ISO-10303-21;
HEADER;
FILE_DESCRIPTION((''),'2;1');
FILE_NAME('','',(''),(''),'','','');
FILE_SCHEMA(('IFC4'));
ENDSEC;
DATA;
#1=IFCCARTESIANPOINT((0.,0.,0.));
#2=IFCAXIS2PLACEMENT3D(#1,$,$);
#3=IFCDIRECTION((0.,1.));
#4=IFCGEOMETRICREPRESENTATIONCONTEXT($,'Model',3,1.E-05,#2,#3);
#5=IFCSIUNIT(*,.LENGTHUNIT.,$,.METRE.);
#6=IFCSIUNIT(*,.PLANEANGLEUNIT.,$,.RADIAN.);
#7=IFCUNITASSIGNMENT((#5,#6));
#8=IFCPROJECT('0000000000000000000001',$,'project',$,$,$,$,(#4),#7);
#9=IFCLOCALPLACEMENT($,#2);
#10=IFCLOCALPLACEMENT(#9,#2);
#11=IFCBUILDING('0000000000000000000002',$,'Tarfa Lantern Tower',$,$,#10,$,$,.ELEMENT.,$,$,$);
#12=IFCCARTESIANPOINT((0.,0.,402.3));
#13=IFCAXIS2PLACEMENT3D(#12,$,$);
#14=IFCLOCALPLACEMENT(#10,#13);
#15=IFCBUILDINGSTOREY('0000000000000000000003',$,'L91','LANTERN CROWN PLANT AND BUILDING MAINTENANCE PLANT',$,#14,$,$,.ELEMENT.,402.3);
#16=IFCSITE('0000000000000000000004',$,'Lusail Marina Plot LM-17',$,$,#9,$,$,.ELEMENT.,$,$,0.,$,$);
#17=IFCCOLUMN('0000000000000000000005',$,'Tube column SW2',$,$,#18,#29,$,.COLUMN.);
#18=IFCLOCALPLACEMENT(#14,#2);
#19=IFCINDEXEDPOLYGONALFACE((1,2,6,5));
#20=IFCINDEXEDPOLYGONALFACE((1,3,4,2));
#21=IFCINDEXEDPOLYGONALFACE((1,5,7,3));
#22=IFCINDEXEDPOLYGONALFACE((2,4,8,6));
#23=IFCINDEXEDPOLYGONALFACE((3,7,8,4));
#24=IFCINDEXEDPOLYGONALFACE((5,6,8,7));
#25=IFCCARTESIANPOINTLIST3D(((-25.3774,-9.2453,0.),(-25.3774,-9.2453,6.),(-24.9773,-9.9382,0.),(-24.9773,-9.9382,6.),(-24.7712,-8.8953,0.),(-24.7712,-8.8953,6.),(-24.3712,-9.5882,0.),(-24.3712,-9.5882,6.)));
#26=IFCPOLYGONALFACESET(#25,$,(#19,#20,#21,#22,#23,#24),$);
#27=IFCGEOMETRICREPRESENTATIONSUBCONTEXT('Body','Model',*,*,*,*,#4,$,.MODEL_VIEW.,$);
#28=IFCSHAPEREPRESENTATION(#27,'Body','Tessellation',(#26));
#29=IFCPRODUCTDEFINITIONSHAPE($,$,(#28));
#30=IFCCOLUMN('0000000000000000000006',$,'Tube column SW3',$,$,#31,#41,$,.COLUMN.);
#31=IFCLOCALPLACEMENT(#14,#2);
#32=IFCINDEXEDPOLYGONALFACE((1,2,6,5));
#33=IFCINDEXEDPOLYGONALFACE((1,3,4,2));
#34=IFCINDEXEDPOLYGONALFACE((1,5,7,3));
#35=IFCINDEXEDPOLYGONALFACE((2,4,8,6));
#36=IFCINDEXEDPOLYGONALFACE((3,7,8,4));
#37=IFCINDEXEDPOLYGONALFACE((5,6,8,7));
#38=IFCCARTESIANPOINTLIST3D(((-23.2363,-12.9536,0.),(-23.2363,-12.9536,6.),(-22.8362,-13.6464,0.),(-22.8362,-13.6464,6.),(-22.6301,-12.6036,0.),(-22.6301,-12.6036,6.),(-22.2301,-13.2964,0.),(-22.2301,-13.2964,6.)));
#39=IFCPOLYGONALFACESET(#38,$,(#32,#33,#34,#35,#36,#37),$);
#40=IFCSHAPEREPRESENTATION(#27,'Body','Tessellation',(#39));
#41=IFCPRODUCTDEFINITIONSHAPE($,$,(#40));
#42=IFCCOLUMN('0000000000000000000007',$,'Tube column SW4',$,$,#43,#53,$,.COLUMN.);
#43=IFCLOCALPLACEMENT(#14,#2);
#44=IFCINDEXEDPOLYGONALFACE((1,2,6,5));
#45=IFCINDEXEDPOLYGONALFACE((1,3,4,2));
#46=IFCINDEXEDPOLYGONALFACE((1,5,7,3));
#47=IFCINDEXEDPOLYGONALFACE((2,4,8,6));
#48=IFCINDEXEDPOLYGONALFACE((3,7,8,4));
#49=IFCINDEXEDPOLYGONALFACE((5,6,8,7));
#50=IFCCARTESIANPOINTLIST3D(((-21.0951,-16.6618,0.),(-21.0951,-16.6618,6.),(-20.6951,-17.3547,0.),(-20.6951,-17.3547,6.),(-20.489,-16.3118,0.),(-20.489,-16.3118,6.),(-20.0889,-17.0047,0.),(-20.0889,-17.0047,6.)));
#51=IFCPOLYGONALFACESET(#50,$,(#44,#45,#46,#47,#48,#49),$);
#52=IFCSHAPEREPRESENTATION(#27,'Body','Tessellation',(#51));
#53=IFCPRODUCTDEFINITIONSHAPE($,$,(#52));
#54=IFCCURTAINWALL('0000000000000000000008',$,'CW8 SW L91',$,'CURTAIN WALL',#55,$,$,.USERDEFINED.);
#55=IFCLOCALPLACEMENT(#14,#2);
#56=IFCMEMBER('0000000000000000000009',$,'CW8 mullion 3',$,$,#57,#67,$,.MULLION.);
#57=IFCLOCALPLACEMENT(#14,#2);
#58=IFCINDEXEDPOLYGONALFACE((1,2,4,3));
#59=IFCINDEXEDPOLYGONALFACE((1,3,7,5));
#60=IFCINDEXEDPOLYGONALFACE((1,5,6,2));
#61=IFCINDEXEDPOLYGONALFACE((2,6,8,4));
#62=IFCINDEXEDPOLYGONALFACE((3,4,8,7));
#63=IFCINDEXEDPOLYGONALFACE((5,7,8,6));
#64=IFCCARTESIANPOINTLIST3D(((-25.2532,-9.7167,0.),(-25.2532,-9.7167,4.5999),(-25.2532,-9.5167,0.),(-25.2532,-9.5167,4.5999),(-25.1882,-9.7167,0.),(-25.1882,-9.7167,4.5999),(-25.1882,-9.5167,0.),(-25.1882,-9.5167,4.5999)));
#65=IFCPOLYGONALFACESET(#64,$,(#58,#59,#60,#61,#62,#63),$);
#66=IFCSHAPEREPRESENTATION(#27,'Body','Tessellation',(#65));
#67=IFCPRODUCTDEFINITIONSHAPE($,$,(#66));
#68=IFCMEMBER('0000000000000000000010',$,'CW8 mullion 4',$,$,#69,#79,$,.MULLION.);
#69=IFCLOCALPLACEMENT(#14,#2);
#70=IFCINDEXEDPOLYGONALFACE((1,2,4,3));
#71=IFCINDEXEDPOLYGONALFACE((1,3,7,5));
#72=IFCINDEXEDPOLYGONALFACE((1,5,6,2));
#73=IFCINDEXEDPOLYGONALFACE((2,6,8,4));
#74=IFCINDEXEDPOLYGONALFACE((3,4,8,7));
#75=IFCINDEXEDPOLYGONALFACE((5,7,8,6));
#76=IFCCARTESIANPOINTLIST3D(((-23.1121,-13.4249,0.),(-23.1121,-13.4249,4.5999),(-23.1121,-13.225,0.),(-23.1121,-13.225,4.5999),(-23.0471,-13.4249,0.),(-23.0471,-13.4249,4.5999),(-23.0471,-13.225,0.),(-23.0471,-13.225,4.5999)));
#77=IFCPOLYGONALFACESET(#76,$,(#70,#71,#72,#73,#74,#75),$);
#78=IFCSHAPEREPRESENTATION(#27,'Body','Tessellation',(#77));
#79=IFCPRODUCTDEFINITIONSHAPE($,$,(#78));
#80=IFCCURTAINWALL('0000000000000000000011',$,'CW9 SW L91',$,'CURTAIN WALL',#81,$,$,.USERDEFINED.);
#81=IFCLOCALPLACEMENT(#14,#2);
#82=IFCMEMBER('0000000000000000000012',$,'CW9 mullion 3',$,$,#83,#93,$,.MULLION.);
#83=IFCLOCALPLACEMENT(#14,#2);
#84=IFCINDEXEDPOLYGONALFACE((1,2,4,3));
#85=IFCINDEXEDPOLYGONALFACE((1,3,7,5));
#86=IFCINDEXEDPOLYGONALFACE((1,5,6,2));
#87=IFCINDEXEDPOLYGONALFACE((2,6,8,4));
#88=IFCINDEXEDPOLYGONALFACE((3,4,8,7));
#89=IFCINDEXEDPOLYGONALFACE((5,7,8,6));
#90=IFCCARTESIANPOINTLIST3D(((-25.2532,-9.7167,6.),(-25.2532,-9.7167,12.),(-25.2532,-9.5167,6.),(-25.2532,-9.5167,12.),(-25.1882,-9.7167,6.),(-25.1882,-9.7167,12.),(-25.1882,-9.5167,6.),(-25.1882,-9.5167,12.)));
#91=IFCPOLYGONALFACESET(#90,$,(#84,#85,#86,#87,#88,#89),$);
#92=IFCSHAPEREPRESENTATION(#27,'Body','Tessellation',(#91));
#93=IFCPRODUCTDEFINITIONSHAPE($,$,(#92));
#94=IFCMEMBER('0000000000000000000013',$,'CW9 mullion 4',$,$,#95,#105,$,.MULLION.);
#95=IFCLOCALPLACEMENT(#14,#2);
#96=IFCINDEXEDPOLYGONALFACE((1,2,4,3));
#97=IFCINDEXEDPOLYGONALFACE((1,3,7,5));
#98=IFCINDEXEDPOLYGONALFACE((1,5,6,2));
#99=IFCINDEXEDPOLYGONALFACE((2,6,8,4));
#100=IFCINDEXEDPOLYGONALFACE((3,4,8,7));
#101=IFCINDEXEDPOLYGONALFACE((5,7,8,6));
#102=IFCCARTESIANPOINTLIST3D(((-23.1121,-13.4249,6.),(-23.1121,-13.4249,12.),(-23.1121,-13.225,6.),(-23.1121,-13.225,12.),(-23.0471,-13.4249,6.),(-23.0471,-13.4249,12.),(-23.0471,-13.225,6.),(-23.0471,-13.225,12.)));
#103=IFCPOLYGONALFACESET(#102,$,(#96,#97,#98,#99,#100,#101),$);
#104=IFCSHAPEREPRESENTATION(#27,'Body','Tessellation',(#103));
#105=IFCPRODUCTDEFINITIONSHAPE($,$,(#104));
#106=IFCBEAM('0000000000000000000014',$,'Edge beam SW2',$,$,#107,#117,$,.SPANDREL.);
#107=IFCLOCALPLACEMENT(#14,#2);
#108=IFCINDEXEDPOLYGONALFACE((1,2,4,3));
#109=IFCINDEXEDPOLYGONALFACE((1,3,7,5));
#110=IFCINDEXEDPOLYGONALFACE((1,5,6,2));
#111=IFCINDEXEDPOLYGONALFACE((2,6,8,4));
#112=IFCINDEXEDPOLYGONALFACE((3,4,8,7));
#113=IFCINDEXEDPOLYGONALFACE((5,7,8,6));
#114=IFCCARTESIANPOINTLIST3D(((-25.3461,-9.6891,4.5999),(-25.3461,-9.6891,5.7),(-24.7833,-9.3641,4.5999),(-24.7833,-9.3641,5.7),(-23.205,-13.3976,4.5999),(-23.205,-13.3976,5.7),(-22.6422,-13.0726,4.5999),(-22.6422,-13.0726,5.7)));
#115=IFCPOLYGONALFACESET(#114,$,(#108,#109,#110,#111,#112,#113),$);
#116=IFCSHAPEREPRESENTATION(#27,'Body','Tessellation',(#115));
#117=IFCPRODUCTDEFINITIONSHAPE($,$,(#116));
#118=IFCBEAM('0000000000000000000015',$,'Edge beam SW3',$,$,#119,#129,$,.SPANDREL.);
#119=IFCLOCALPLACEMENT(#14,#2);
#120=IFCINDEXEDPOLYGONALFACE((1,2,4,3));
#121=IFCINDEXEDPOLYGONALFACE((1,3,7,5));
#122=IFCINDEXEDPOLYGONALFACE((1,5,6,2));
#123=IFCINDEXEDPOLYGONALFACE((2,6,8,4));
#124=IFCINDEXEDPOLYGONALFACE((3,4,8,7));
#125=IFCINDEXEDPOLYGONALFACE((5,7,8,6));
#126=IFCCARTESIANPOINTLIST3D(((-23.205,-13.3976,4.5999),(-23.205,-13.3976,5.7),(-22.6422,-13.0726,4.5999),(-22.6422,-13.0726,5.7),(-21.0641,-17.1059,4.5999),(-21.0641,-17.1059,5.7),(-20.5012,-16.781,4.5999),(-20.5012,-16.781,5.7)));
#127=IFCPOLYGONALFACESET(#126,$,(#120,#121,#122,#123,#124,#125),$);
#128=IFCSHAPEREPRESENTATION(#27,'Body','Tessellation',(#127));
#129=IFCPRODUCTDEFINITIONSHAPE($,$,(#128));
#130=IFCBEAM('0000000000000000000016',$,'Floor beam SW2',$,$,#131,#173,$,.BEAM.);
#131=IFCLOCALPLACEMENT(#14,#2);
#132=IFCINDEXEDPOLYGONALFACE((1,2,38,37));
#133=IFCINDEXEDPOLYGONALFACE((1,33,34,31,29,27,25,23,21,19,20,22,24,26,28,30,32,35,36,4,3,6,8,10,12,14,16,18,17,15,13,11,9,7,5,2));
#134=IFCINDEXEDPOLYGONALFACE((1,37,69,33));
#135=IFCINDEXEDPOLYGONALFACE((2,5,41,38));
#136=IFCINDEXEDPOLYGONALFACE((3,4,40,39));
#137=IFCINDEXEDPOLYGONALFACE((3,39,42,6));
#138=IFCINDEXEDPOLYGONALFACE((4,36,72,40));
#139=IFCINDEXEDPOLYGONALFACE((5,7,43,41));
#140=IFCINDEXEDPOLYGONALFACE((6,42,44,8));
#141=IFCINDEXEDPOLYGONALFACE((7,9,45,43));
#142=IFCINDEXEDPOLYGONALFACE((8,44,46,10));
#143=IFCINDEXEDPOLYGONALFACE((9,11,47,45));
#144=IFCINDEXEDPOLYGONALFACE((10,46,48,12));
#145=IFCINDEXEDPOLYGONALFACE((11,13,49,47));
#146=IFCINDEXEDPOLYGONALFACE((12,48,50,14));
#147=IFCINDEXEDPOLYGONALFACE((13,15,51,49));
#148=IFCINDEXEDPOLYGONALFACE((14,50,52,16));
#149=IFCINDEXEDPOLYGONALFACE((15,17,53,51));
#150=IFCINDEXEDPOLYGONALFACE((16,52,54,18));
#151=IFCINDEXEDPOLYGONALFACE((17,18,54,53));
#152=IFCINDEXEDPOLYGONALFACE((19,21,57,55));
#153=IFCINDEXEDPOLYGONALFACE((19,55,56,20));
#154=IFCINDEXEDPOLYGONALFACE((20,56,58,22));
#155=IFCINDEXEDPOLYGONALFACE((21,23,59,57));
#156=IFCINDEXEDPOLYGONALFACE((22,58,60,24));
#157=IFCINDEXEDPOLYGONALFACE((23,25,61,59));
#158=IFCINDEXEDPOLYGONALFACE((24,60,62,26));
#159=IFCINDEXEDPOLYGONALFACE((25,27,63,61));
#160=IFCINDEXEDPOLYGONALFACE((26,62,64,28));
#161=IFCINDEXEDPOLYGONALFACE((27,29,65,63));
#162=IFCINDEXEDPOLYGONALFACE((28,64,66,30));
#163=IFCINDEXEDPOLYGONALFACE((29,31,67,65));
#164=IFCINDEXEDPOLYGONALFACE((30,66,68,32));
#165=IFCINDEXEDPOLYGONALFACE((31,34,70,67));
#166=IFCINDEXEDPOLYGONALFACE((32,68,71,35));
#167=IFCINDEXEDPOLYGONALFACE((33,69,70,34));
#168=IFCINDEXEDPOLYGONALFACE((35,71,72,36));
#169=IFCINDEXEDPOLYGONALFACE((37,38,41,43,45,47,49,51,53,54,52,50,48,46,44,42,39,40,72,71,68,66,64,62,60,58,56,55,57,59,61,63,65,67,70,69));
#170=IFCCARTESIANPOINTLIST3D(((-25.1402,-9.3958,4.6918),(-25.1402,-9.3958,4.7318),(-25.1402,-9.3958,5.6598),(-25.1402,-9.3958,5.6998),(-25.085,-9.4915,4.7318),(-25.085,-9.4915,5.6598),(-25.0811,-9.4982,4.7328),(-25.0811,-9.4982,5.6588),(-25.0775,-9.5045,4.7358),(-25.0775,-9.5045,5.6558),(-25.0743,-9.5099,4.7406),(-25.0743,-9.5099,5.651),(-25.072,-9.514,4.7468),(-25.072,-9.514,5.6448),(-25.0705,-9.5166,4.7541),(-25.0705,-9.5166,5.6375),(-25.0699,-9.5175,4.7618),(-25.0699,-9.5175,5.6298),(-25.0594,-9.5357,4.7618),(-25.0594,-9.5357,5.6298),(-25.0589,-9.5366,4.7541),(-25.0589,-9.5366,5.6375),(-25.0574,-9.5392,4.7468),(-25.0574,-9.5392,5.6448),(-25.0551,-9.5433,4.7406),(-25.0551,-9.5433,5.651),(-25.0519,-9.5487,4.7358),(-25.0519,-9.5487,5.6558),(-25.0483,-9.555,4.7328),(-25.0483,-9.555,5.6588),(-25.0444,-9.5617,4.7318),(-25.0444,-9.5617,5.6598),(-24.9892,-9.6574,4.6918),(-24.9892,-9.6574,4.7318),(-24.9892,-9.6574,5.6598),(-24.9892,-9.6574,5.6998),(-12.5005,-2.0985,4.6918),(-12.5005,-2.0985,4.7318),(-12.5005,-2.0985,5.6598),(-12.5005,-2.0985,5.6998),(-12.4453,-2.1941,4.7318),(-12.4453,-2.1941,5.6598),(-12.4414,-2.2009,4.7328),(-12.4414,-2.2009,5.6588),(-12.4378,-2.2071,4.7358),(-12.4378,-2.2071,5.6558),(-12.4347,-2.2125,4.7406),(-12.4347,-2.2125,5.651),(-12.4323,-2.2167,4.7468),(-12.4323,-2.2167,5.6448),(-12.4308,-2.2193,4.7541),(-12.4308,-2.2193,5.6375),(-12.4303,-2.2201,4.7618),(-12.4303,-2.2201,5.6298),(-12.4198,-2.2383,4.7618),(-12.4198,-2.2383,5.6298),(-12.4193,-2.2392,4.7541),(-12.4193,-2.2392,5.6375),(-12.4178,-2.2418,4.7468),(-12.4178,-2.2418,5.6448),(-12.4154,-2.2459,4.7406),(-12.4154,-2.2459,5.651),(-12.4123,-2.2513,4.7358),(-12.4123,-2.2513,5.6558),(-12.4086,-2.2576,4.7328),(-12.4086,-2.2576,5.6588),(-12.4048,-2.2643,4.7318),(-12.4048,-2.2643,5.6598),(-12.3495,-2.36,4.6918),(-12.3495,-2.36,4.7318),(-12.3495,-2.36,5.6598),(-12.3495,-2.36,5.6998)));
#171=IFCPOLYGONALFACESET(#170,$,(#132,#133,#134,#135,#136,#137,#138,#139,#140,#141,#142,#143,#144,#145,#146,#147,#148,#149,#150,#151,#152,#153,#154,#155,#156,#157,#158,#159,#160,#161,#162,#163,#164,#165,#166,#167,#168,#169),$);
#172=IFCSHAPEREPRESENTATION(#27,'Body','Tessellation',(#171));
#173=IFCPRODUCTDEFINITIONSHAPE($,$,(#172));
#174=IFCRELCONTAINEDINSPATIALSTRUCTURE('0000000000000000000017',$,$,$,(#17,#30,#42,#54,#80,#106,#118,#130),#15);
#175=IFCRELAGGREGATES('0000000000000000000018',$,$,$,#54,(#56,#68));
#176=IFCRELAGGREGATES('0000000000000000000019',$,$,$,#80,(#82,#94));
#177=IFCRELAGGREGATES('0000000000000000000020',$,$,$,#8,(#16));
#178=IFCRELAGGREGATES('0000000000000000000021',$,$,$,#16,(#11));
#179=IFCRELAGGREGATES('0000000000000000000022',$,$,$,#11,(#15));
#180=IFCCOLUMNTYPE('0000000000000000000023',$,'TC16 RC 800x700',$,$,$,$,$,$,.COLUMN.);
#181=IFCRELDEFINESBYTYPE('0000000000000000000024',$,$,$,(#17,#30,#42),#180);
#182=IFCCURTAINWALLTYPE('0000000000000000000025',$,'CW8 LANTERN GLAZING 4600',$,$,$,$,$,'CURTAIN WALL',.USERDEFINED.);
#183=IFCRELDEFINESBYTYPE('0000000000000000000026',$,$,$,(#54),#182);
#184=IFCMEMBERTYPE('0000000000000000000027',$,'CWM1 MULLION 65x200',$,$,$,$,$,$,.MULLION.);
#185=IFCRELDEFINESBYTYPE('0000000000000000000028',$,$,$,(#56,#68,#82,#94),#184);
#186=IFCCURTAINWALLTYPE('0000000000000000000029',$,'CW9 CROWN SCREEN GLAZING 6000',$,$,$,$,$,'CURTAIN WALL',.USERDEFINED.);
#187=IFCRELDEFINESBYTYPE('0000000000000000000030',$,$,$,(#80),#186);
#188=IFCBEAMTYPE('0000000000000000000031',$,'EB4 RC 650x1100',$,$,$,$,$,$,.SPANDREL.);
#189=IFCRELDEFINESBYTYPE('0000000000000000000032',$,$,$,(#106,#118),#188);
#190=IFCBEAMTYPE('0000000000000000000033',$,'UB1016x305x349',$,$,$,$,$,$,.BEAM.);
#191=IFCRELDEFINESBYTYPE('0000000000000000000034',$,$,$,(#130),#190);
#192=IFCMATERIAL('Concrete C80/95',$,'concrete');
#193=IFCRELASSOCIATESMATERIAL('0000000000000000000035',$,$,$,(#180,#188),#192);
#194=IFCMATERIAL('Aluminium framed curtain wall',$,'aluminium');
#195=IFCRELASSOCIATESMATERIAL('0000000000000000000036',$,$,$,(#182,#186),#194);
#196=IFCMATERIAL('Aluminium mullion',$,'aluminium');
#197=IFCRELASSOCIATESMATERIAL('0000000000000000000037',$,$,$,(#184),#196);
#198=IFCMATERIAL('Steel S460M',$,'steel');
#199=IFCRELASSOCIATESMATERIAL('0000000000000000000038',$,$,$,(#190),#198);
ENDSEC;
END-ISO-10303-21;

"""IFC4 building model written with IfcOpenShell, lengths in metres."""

from ifc_helpers import new_model, si_unit, direction, frame, origin, origin_2d, place, context, subcontext, project, spatial, rectangle, i_section, extrude, material, material_profile, profile_set, type_object, element, aggregate, save


model = new_model("IFC4")

# Units and contexts
model_context = context("Model", 3, precision=1e-05, world=origin(), true_north=direction((0.0, 1.0)))
body_context = subcontext(model_context, "Body", "Model", "MODEL_VIEW")
ifc_project = project(units=[si_unit("LENGTHUNIT", "METRE"), si_unit("PLANEANGLEUNIT", "RADIAN")], contexts=[model_context])

# Site, building, storey
site_placement = place(None, origin())
site = spatial("IfcSite", under=ifc_project, at=site_placement, Name="Lusail Marina Plot LM-17", CompositionType="ELEMENT", RefElevation=0.0)
building_placement = place(site_placement, origin())
building = spatial("IfcBuilding", under=site, at=building_placement, Name="Tarfa Lantern Tower", CompositionType="ELEMENT")
storey_placement = place(building_placement, frame((0.0, 0.0, 402.3)))
storey = spatial("IfcBuildingStorey", under=building, at=storey_placement, Name="L91", Description="LANTERN CROWN PLANT AND BUILDING MAINTENANCE PLANT", CompositionType="ELEMENT", Elevation=402.3)

# Columns
ifc_material_1 = material(Name="Concrete C80/95", Category="concrete")
ifc_material_profile_1 = material_profile(ifc_material_1, rectangle(XDim=0.8, YDim=0.7, at=origin_2d()), Name="RC 800x700")
ifc_profile_set_1 = profile_set([ifc_material_profile_1], Name="Concrete C80/95")
column_type = type_object("IfcColumnType", Name="TC16 RC 800x700", PredefinedType="COLUMN", material=ifc_profile_set_1)
for number, where, z_axis, x_axis, name in (
    (1, (-24.8743, -9.4167, 0.0), (0.0, 0.0, 1.0), (0.5, -0.866025, 0.0), "Tube column SW2"),
    (2, (-22.7332, -13.125, 0.0), (0.0, 0.0, 1.0), (0.5, -0.866025, 0.0), "Tube column SW3"),
    (3, (-20.592, -16.8333, 0.0), (0.0, 0.0, 1.0), (0.5, -0.866025, 0.0), "Tube column SW4"),
):
    element("IfcColumn", number, at=place(storey_placement, frame(where, z_axis=z_axis, x_axis=x_axis)), inside=storey, type_object=column_type, Name=name, PredefinedType="COLUMN", context=body_context, shape_type="SweptSolid", body=[
        extrude(rectangle(XDim=0.8, YDim=0.7, at=origin_2d()), origin(), (0.0, 0.0, 1.0), 6.0),
    ])

# Curtain walls, members
ifc_material_2 = material(Name="Aluminium framed curtain wall", Category="aluminium")
curtain_wall_type_1 = type_object("IfcCurtainWallType", Name="CW8 LANTERN GLAZING 4600", ElementType="CURTAIN WALL", PredefinedType="USERDEFINED", material=ifc_material_2)
curtain_wall_1_placement = place(storey_placement, origin())
curtain_wall_1 = element("IfcCurtainWall", 4, at=curtain_wall_1_placement, inside=storey, type_object=curtain_wall_type_1, Name="CW8 SW L91", ObjectType="CURTAIN WALL", PredefinedType="USERDEFINED")
ifc_material_3 = material(Name="Aluminium mullion", Category="aluminium")
ifc_material_profile_2 = material_profile(ifc_material_3, rectangle(XDim=0.0649, YDim=0.2, at=origin_2d()), Name="AL MULLION 65x200")
ifc_profile_set_2 = profile_set([ifc_material_profile_2], Name="Aluminium mullion")
member_type = type_object("IfcMemberType", Name="CWM1 MULLION 65x200", PredefinedType="MULLION", material=ifc_profile_set_2)
member_1_placement = place(storey_placement, frame((-25.2207, -9.6167, 0.0), z_axis=(0.0, 0.0, 1.0), x_axis=(1.0, 0.0, 0.0)))
member_1 = element("IfcMember", 5, at=member_1_placement, type_object=member_type, Name="CW8 mullion 3", PredefinedType="MULLION", context=body_context, shape_type="SweptSolid", body=[
    extrude(rectangle(XDim=0.0649, YDim=0.2, at=origin_2d()), origin(), (0.0, 0.0, 1.0), 4.5999),
])
member_2_placement = place(storey_placement, frame((-23.0796, -13.325, 0.0), z_axis=(0.0, 0.0, 1.0), x_axis=(1.0, 0.0, 0.0)))
member_2 = element("IfcMember", 6, at=member_2_placement, type_object=member_type, Name="CW8 mullion 4", PredefinedType="MULLION", context=body_context, shape_type="SweptSolid", body=[
    extrude(rectangle(XDim=0.0649, YDim=0.2, at=origin_2d()), origin(), (0.0, 0.0, 1.0), 4.5999),
])
curtain_wall_type_2 = type_object("IfcCurtainWallType", Name="CW9 CROWN SCREEN GLAZING 6000", ElementType="CURTAIN WALL", PredefinedType="USERDEFINED", material=ifc_material_2)
curtain_wall_2_placement = place(storey_placement, origin())
curtain_wall_2 = element("IfcCurtainWall", 7, at=curtain_wall_2_placement, inside=storey, type_object=curtain_wall_type_2, Name="CW9 SW L91", ObjectType="CURTAIN WALL", PredefinedType="USERDEFINED")
member_3_placement = place(storey_placement, frame((-25.2207, -9.6167, 6.0), z_axis=(0.0, 0.0, 1.0), x_axis=(1.0, 0.0, 0.0)))
member_3 = element("IfcMember", 8, at=member_3_placement, type_object=member_type, Name="CW9 mullion 3", PredefinedType="MULLION", context=body_context, shape_type="SweptSolid", body=[
    extrude(rectangle(XDim=0.0649, YDim=0.2, at=origin_2d()), origin(), (0.0, 0.0, 1.0), 6.0),
])
member_4_placement = place(storey_placement, frame((-23.0796, -13.325, 6.0), z_axis=(0.0, 0.0, 1.0), x_axis=(1.0, 0.0, 0.0)))
member_4 = element("IfcMember", 9, at=member_4_placement, type_object=member_type, Name="CW9 mullion 4", PredefinedType="MULLION", context=body_context, shape_type="SweptSolid", body=[
    extrude(rectangle(XDim=0.0649, YDim=0.2, at=origin_2d()), origin(), (0.0, 0.0, 1.0), 6.0),
])

# Beams
ifc_material_profile_3 = material_profile(ifc_material_1, rectangle(XDim=0.6499, YDim=1.1001, at=origin_2d()), Name="RC 650x1100")
ifc_profile_set_3 = profile_set([ifc_material_profile_3], Name="Concrete C80/95")
beam_type_1 = type_object("IfcBeamType", Name="EB4 RC 650x1100", PredefinedType="SPANDREL", material=ifc_profile_set_3)
beam_1_placement = place(storey_placement, frame((-25.0647, -9.5266, 5.1499), z_axis=(0.500002, -0.866024, 0.0), x_axis=(0.866024, 0.500002, 0.0)))
element("IfcBeam", 10, at=beam_1_placement, inside=storey, type_object=beam_type_1, Name="Edge beam SW2", PredefinedType="SPANDREL", context=body_context, shape_type="SweptSolid", body=[
    extrude(rectangle(XDim=0.6499, YDim=1.1001, at=origin_2d()), origin(), (0.0, 0.0, 1.0), 4.2822),
])
beam_2_placement = place(storey_placement, frame((-22.9236, -13.2351, 5.1499), z_axis=(0.499984, -0.866035, 0.0), x_axis=(0.866035, 0.499984, 0.0)))
element("IfcBeam", 11, at=beam_2_placement, inside=storey, type_object=beam_type_1, Name="Edge beam SW3", PredefinedType="SPANDREL", context=body_context, shape_type="SweptSolid", body=[
    extrude(rectangle(XDim=0.6499, YDim=1.1001, at=origin_2d()), origin(), (0.0, 0.0, 1.0), 4.282),
])
ifc_material_4 = material(Name="Steel S460M", Category="steel")
ifc_material_profile_4 = material_profile(ifc_material_4, i_section(OverallWidth=0.302, OverallDepth=1.0081, WebThickness=0.021, FlangeThickness=0.04, FilletRadius=0.03, at=origin_2d()), Name="UB1016x305x349")
ifc_profile_set_4 = profile_set([ifc_material_profile_4], Name="Steel S460M")
beam_type_2 = type_object("IfcBeamType", Name="UB1016x305x349", PredefinedType="BEAM", material=ifc_profile_set_4)
beam_3_placement = place(storey_placement, frame((-25.0647, -9.5266, 5.1958), z_axis=(0.86603, 0.499993, 0.0), x_axis=(-0.499993, 0.86603, 0.0)))
element("IfcBeam", 12, at=beam_3_placement, inside=storey, type_object=beam_type_2, Name="Floor beam SW2", PredefinedType="BEAM", context=body_context, shape_type="SweptSolid", body=[
    extrude(i_section(OverallWidth=0.302, OverallDepth=1.0081, WebThickness=0.021, FlangeThickness=0.04, FilletRadius=0.03, at=origin_2d()), origin(), (0.0, 0.0, 1.0), 14.595),
])

aggregate(curtain_wall_1, [member_1, member_2])
aggregate(curtain_wall_2, [member_3, member_4])

save(model, "model.ifc")
